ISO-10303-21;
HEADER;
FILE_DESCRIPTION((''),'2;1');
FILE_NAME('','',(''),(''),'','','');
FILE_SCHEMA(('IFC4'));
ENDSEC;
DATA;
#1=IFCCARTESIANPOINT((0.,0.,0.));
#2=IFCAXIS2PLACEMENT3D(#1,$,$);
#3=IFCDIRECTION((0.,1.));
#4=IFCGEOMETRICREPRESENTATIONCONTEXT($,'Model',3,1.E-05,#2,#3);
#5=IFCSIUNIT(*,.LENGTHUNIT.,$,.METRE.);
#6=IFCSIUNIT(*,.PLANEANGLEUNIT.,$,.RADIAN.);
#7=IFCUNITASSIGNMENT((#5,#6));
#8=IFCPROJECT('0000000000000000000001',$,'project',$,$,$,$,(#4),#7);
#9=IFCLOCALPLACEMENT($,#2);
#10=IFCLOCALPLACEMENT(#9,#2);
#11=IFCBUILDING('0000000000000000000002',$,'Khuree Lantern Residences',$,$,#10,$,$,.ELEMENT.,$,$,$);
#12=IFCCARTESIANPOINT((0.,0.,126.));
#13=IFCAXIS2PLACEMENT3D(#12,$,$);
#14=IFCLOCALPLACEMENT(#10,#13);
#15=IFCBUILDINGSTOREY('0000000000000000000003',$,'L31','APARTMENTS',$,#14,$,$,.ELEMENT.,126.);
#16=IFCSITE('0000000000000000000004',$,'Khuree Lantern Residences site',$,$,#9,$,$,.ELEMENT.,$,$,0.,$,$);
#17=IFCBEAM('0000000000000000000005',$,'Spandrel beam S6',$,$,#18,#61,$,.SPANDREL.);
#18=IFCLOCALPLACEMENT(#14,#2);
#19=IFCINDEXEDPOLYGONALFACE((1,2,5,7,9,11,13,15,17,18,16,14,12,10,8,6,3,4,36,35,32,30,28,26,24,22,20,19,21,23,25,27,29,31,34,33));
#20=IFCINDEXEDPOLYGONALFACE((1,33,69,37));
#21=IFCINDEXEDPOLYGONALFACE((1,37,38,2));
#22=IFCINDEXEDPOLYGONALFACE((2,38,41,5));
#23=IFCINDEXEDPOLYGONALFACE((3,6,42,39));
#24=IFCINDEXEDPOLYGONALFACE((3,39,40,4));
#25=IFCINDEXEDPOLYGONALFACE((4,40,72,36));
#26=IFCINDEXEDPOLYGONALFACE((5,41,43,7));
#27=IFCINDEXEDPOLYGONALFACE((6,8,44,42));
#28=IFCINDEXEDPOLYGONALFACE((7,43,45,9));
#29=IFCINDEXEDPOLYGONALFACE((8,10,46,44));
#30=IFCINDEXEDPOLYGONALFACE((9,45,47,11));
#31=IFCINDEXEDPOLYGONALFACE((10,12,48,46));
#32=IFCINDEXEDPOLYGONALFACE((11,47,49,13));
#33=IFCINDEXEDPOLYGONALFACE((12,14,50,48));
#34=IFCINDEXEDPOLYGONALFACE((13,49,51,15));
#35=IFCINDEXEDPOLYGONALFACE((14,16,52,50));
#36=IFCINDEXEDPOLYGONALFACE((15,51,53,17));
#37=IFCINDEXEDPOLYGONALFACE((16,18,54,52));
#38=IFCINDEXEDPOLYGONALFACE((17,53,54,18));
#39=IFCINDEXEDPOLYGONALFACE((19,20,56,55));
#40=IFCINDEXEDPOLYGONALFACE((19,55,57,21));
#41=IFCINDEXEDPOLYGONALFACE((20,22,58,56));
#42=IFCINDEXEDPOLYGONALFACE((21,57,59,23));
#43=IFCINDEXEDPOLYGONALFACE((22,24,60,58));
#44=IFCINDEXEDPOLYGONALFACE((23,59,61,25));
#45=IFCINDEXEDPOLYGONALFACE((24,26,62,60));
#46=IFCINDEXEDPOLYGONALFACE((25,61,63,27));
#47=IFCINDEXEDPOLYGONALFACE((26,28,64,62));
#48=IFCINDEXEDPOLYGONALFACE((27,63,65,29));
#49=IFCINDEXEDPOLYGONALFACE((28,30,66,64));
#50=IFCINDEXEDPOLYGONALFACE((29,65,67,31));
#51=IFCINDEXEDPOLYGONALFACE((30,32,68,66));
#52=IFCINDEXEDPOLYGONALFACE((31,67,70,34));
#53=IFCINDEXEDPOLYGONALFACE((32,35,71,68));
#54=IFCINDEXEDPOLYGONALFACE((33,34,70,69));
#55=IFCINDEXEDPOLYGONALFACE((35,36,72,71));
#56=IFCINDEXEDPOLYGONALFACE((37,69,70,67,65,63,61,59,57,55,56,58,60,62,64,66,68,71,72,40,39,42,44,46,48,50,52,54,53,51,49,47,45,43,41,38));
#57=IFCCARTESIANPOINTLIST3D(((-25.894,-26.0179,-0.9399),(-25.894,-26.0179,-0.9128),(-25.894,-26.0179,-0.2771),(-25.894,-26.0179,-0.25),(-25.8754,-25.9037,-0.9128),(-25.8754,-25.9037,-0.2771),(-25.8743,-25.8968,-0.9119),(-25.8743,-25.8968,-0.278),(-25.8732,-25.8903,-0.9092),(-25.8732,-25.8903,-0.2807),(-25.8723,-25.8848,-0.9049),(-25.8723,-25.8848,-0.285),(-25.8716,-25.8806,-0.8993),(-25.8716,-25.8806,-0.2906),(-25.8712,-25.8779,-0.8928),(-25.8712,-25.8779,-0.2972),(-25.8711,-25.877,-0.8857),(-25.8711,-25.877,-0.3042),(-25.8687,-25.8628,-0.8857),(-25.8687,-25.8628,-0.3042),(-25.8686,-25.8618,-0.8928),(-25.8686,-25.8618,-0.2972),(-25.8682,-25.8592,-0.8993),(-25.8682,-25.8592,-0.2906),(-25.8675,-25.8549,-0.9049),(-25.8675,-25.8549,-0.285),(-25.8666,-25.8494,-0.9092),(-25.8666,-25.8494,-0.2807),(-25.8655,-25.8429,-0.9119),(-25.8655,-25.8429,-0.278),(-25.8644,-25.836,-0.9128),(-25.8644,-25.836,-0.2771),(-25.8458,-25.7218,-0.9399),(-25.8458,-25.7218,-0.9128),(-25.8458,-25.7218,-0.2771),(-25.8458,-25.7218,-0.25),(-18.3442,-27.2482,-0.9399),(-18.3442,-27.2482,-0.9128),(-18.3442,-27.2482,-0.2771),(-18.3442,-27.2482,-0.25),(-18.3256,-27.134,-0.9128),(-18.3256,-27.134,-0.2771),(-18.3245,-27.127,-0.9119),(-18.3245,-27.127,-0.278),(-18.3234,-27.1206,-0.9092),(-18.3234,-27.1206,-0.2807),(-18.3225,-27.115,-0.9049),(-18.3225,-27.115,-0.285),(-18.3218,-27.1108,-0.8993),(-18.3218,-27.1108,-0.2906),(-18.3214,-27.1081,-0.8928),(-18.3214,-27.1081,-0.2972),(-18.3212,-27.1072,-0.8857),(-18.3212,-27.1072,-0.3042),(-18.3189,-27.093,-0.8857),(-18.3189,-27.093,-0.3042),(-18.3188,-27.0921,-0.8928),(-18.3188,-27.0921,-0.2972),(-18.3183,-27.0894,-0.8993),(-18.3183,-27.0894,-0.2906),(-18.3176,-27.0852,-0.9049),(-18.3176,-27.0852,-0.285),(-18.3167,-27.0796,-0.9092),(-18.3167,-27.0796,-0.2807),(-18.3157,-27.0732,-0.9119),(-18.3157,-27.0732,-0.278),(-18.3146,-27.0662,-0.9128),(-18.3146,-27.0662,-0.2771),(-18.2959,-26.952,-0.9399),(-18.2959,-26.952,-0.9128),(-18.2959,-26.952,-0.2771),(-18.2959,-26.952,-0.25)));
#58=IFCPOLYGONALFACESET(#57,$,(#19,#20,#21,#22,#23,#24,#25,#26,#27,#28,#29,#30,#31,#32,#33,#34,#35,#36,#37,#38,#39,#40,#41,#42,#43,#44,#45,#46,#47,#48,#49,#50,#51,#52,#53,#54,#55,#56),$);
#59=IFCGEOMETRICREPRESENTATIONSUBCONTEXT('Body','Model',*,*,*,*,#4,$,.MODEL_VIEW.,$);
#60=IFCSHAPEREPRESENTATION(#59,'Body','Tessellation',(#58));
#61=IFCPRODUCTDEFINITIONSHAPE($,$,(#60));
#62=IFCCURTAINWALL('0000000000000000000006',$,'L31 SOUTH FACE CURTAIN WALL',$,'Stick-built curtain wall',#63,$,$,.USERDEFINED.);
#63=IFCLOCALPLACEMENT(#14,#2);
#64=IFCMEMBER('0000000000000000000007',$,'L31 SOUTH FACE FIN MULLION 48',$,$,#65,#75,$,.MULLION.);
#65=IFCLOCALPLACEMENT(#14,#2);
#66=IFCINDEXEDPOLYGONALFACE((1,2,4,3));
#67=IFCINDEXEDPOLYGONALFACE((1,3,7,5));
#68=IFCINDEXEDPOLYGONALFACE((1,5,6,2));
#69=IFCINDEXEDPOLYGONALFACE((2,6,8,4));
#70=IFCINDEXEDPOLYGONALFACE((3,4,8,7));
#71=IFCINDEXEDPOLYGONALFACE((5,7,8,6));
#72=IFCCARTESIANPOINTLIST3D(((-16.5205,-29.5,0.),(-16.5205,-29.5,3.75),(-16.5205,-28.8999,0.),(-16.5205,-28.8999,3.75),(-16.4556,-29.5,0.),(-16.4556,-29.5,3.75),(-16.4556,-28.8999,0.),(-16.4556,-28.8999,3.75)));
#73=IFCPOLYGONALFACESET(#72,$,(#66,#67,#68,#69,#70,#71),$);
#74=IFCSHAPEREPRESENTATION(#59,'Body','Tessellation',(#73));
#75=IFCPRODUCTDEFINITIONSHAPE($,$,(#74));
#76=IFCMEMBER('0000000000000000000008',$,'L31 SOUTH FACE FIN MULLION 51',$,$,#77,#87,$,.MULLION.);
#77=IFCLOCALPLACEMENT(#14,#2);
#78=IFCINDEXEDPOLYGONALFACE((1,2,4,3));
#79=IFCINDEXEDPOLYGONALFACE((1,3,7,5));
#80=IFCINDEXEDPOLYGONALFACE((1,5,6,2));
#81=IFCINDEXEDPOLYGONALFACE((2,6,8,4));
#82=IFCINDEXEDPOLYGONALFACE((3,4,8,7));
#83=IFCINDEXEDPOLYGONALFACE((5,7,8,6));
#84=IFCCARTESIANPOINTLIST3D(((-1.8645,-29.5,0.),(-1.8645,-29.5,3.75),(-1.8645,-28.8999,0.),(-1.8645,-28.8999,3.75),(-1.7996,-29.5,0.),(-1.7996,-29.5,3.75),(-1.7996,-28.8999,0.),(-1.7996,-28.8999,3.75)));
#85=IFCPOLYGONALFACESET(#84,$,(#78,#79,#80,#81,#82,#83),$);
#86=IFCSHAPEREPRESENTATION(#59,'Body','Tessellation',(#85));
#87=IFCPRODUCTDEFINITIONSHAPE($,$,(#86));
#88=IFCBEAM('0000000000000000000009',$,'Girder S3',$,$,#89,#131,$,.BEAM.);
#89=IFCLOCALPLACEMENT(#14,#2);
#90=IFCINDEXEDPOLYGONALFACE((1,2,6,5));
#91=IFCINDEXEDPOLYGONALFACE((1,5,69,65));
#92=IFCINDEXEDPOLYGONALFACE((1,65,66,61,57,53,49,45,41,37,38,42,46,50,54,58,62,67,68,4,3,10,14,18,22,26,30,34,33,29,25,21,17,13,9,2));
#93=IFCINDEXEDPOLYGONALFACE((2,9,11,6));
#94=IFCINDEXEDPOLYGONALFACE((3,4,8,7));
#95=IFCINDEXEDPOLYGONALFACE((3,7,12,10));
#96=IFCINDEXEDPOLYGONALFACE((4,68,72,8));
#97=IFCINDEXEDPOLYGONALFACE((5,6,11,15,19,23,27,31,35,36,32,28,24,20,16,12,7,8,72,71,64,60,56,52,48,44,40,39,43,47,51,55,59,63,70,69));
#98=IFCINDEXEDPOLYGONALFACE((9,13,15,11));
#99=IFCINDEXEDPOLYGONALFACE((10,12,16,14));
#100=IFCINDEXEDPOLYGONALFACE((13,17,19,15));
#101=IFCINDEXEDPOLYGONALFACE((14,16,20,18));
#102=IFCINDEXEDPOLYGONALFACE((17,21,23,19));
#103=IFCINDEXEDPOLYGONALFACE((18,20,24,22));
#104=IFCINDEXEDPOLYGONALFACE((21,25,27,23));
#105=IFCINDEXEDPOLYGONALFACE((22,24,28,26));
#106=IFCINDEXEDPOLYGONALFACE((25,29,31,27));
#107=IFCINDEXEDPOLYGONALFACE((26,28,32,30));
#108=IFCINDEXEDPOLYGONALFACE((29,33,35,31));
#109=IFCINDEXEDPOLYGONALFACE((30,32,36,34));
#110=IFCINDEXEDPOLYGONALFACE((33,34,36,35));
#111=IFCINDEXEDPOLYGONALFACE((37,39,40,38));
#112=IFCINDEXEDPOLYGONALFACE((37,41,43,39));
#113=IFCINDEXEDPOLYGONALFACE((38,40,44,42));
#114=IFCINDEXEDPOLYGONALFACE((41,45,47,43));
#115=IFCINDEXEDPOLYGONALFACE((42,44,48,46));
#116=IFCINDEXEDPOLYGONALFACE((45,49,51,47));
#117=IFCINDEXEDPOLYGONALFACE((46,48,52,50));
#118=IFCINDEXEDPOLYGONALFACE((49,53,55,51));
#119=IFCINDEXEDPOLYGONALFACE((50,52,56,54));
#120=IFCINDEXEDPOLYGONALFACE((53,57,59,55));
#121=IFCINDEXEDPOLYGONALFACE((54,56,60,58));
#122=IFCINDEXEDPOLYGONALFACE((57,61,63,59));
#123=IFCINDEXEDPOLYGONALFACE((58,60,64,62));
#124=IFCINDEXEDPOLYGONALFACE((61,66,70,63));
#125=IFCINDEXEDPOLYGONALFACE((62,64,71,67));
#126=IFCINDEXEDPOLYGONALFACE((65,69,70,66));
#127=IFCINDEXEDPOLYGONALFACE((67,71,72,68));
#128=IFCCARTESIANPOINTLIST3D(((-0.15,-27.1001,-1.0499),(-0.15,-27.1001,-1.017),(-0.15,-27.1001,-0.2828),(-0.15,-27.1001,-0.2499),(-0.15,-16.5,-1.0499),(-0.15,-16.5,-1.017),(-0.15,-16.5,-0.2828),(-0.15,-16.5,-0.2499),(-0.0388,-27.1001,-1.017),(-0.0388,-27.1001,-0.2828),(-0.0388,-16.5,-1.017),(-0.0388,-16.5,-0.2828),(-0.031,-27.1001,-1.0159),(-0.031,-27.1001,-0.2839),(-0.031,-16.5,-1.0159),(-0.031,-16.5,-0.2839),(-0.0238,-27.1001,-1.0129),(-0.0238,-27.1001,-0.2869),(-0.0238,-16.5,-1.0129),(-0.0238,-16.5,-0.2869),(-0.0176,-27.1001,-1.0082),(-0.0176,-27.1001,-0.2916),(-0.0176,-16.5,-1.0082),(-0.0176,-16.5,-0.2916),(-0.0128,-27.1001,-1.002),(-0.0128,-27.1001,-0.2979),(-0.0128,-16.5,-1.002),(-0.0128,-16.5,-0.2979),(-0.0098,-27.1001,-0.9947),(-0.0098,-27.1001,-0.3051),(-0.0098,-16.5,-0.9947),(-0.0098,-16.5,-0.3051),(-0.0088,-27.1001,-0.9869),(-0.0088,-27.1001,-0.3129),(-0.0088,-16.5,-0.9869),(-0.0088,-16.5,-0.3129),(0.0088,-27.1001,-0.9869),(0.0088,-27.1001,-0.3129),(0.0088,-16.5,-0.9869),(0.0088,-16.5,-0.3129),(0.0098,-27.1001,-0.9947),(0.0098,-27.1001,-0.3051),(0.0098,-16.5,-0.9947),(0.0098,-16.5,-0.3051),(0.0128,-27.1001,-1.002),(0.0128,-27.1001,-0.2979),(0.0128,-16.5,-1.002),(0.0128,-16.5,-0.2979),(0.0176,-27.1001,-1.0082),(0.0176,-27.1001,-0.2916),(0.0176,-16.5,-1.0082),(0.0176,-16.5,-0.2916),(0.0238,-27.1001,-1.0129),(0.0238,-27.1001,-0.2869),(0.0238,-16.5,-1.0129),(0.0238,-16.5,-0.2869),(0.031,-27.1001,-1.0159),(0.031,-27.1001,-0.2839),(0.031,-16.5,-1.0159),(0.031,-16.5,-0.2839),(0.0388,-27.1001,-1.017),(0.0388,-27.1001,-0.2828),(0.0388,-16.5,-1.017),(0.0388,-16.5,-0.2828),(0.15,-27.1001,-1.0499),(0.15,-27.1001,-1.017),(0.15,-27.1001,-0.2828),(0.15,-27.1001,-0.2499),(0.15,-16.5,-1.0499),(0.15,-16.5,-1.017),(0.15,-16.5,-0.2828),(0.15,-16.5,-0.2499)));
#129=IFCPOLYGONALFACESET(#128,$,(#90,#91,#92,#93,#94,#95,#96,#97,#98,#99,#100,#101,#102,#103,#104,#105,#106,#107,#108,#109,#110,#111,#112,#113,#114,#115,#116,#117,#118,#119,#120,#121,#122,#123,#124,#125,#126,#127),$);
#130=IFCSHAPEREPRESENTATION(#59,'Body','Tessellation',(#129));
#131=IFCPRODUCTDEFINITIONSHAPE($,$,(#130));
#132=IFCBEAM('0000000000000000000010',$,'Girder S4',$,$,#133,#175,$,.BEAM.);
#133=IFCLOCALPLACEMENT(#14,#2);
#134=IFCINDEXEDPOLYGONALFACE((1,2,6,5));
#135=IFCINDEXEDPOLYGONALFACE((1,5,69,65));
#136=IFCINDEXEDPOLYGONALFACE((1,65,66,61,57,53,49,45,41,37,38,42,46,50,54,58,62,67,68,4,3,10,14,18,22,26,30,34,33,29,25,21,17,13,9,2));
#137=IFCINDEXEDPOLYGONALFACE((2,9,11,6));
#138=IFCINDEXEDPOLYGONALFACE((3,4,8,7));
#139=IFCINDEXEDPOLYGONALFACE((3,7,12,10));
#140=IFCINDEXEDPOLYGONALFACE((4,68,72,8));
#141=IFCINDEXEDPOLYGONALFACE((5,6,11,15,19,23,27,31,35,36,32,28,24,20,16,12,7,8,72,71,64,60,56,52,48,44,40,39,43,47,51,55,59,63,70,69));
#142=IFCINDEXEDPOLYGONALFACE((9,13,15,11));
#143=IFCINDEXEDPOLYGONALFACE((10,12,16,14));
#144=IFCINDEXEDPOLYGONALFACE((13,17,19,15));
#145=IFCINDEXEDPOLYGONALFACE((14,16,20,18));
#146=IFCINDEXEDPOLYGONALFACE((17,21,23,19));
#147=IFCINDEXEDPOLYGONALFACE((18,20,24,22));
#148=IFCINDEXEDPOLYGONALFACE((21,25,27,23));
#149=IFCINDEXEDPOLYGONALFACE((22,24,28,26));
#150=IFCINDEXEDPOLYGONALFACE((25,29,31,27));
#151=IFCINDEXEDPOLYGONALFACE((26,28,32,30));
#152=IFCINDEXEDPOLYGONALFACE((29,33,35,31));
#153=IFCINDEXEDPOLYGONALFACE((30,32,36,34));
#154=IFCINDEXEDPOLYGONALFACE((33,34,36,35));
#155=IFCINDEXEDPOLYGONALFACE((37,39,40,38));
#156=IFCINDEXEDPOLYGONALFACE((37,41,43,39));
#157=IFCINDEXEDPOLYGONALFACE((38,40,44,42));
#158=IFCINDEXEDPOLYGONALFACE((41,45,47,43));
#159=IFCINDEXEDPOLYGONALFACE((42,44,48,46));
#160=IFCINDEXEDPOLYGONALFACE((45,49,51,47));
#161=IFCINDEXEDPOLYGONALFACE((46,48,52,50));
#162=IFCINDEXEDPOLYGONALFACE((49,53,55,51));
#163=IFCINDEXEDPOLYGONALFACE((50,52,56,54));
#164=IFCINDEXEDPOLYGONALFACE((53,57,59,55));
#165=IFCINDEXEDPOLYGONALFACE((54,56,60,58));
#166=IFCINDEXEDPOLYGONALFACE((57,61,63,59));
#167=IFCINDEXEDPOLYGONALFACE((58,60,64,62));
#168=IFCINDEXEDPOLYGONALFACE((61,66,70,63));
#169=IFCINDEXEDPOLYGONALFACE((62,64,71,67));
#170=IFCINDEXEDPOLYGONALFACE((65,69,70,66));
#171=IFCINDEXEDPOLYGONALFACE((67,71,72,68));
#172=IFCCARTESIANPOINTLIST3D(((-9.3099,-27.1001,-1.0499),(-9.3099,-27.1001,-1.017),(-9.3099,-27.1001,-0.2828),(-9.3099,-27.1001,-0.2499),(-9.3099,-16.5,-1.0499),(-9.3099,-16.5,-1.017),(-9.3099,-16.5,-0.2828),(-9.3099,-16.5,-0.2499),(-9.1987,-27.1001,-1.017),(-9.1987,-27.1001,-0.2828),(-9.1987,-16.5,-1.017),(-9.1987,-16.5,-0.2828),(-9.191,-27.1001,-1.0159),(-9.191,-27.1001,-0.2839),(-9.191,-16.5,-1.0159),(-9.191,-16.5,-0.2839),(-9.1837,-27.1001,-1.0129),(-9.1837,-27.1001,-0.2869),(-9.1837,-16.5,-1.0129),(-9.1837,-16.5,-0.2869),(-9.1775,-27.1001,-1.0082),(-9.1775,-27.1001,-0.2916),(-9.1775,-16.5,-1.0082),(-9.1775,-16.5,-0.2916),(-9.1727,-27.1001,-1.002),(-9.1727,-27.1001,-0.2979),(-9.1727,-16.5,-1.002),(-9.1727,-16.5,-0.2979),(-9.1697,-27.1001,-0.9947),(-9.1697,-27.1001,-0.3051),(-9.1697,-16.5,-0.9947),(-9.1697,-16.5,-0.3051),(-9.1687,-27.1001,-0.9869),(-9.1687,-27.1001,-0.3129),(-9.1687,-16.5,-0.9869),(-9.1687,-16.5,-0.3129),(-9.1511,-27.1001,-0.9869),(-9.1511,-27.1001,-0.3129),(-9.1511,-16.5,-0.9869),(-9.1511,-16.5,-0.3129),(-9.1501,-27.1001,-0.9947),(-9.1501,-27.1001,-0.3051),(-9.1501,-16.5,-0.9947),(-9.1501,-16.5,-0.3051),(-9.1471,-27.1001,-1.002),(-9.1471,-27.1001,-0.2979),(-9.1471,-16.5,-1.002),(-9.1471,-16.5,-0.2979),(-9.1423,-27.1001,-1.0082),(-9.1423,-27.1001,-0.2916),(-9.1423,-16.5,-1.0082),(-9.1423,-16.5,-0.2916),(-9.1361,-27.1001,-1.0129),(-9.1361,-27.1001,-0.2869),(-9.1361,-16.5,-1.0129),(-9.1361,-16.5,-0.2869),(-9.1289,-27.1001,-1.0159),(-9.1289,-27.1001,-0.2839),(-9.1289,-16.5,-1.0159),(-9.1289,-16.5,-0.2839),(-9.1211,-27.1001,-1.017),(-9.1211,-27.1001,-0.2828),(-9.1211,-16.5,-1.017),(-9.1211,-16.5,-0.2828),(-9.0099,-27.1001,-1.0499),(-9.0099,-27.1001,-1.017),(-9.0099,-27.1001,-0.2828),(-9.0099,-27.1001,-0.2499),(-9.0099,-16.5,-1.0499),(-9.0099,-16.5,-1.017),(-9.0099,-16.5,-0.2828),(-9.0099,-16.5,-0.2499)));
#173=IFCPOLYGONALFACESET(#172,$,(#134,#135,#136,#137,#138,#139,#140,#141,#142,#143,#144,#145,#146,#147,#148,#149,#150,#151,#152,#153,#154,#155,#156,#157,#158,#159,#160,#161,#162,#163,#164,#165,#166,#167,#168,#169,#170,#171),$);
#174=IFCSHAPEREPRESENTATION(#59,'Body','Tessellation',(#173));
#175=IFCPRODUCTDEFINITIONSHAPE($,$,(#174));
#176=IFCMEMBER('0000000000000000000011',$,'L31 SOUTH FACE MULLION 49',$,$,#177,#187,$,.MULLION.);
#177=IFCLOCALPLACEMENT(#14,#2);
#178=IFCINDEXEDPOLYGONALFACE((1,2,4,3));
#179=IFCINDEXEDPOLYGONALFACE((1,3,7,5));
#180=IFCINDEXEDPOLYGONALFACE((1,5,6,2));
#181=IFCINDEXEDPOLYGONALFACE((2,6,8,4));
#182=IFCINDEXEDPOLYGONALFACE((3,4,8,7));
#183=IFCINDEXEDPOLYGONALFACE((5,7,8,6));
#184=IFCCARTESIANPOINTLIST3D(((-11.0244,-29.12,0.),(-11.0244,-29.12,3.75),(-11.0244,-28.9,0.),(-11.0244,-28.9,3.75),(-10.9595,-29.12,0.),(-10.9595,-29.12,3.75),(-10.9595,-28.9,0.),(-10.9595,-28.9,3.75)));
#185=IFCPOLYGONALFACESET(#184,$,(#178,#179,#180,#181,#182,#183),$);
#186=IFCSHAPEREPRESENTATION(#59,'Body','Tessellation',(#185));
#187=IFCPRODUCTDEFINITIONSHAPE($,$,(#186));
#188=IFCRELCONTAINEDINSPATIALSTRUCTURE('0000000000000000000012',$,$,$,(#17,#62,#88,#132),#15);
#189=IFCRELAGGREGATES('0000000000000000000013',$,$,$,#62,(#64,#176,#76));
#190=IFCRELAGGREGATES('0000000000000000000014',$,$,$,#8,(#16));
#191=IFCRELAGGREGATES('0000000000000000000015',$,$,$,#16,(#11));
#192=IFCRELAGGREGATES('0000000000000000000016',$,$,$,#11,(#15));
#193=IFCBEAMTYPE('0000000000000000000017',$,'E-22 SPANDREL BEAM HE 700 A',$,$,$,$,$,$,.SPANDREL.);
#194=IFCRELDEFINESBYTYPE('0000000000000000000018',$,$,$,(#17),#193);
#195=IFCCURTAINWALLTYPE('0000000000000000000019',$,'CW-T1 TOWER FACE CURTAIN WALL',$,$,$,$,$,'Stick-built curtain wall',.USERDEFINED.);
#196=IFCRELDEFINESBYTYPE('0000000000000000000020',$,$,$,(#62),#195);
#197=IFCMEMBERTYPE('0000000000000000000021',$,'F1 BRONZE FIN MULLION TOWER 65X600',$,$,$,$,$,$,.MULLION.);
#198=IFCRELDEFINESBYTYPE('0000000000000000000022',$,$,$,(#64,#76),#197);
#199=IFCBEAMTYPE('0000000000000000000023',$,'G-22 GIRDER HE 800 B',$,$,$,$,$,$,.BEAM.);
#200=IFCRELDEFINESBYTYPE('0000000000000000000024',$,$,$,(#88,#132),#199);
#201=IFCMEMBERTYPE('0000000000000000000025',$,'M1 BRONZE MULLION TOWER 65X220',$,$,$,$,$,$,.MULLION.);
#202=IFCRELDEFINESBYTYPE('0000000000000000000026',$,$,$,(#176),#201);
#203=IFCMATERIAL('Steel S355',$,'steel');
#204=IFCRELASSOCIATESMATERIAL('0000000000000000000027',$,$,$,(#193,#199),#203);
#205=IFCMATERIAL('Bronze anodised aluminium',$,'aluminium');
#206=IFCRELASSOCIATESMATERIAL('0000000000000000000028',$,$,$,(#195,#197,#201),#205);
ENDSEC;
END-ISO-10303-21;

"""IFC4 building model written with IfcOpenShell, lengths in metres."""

from ifc_helpers import new_model, si_unit, direction, frame, origin, origin_2d, place, context, subcontext, project, spatial, rectangle, i_section, extrude, material, material_profile, profile_set, type_object, element, aggregate, save


model = new_model("IFC4")

# Units and contexts
model_context = context("Model", 3, precision=1e-05, world=origin(), true_north=direction((0.0, 1.0)))
body_context = subcontext(model_context, "Body", "Model", "MODEL_VIEW")
ifc_project = project(units=[si_unit("LENGTHUNIT", "METRE"), si_unit("PLANEANGLEUNIT", "RADIAN")], contexts=[model_context])

# Site, building, storey
site_placement = place(None, origin())
site = spatial("IfcSite", under=ifc_project, at=site_placement, Name="Khuree Lantern Residences site", CompositionType="ELEMENT", RefElevation=0.0)
building_placement = place(site_placement, origin())
building = spatial("IfcBuilding", under=site, at=building_placement, Name="Khuree Lantern Residences", CompositionType="ELEMENT")
storey_placement = place(building_placement, frame((0.0, 0.0, 126.0)))
storey = spatial("IfcBuildingStorey", under=building, at=storey_placement, Name="L31", Description="APARTMENTS", CompositionType="ELEMENT", Elevation=126.0)

# Beam
ifc_material_1 = material(Name="Steel S355", Category="steel")
ifc_material_profile_1 = material_profile(ifc_material_1, i_section(OverallWidth=0.3, OverallDepth=0.6899, WebThickness=0.0144, FlangeThickness=0.0271, FilletRadius=0.0271, at=origin_2d()), Name="HE 700 A")
ifc_profile_set_1 = profile_set([ifc_material_profile_1], Name="Steel S355")
beam_type_1 = type_object("IfcBeamType", Name="E-22 SPANDREL BEAM HE 700 A", PredefinedType="SPANDREL", material=ifc_profile_set_1)
beam_1_placement = place(storey_placement, frame((-18.3201, -27.1001, -0.595), z_axis=(-0.986983, 0.160827, 0.0), x_axis=(-0.160827, -0.986983, 0.0)))
element("IfcBeam", 1, at=beam_1_placement, inside=storey, type_object=beam_type_1, Name="Spandrel beam S6", PredefinedType="SPANDREL", context=body_context, shape_type="SweptSolid", body=[
    extrude(i_section(OverallWidth=0.3, OverallDepth=0.6899, WebThickness=0.0144, FlangeThickness=0.0271, FilletRadius=0.0271, at=origin_2d()), origin(), (0.0, 0.0, 1.0), 7.6494),
])

# Curtain wall, members
ifc_material_2 = material(Name="Bronze anodised aluminium", Category="aluminium")
curtain_wall_type = type_object("IfcCurtainWallType", Name="CW-T1 TOWER FACE CURTAIN WALL", ElementType="Stick-built curtain wall", PredefinedType="USERDEFINED", material=ifc_material_2)
curtain_wall_placement = place(storey_placement, origin())
curtain_wall = element("IfcCurtainWall", 2, at=curtain_wall_placement, inside=storey, type_object=curtain_wall_type, Name="L31 SOUTH FACE CURTAIN WALL", ObjectType="Stick-built curtain wall", PredefinedType="USERDEFINED")
ifc_material_profile_2 = material_profile(ifc_material_2, rectangle(XDim=0.0649, YDim=0.6001, at=origin_2d()), Name="F1 65X600")
ifc_profile_set_2 = profile_set([ifc_material_profile_2], Name="Bronze anodised aluminium")
member_type_1 = type_object("IfcMemberType", Name="F1 BRONZE FIN MULLION TOWER 65X600", PredefinedType="MULLION", material=ifc_profile_set_2)
member_1_placement = place(storey_placement, frame((-16.488, -29.2, 0.0), z_axis=(0.0, 0.0, 1.0), x_axis=(1.0, 0.0, 0.0)))
member_1 = element("IfcMember", 3, at=member_1_placement, type_object=member_type_1, Name="L31 SOUTH FACE FIN MULLION 48", PredefinedType="MULLION", context=body_context, shape_type="SweptSolid", body=[
    extrude(rectangle(XDim=0.0649, YDim=0.6001, at=origin_2d()), origin(), (0.0, 0.0, 1.0), 3.75),
])
member_2_placement = place(storey_placement, frame((-1.832, -29.2, 0.0), z_axis=(0.0, 0.0, 1.0), x_axis=(1.0, 0.0, 0.0)))
member_2 = element("IfcMember", 4, at=member_2_placement, type_object=member_type_1, Name="L31 SOUTH FACE FIN MULLION 51", PredefinedType="MULLION", context=body_context, shape_type="SweptSolid", body=[
    extrude(rectangle(XDim=0.0649, YDim=0.6001, at=origin_2d()), origin(), (0.0, 0.0, 1.0), 3.75),
])

# Beams
ifc_material_profile_3 = material_profile(ifc_material_1, i_section(OverallWidth=0.3, OverallDepth=0.8, WebThickness=0.0176, FlangeThickness=0.033, FilletRadius=0.03, at=origin_2d()), Name="HE 800 B")
ifc_profile_set_3 = profile_set([ifc_material_profile_3], Name="Steel S355")
beam_type_2 = type_object("IfcBeamType", Name="G-22 GIRDER HE 800 B", PredefinedType="BEAM", material=ifc_profile_set_3)
for number, where, z_axis, x_axis, name in (
    (5, (0.0, -27.1001, -0.6499), (0.0, 1.0, 0.0), (-1.0, 0.0, 0.0), "Girder S3"),
    (6, (-9.1599, -27.1001, -0.6499), (0.0, 1.0, 0.0), (-1.0, 0.0, 0.0), "Girder S4"),
):
    element("IfcBeam", number, at=place(storey_placement, frame(where, z_axis=z_axis, x_axis=x_axis)), inside=storey, type_object=beam_type_2, Name=name, PredefinedType="BEAM", context=body_context, shape_type="SweptSolid", body=[
        extrude(i_section(OverallWidth=0.3, OverallDepth=0.8, WebThickness=0.0176, FlangeThickness=0.033, FilletRadius=0.03, at=origin_2d()), origin(), (0.0, 0.0, 1.0), 10.6001),
    ])

# Member
ifc_material_profile_4 = material_profile(ifc_material_2, rectangle(XDim=0.0649, YDim=0.22, at=origin_2d()), Name="M1 65X220")
ifc_profile_set_4 = profile_set([ifc_material_profile_4], Name="Bronze anodised aluminium")
member_type_2 = type_object("IfcMemberType", Name="M1 BRONZE MULLION TOWER 65X220", PredefinedType="MULLION", material=ifc_profile_set_4)
member_3_placement = place(storey_placement, frame((-10.9919, -29.01, 0.0), z_axis=(0.0, 0.0, 1.0), x_axis=(1.0, 0.0, 0.0)))
member_3 = element("IfcMember", 7, at=member_3_placement, type_object=member_type_2, Name="L31 SOUTH FACE MULLION 49", PredefinedType="MULLION", context=body_context, shape_type="SweptSolid", body=[
    extrude(rectangle(XDim=0.0649, YDim=0.22, at=origin_2d()), origin(), (0.0, 0.0, 1.0), 3.75),
])

aggregate(curtain_wall, [member_1, member_3, member_2])

save(model, "model.ifc")
